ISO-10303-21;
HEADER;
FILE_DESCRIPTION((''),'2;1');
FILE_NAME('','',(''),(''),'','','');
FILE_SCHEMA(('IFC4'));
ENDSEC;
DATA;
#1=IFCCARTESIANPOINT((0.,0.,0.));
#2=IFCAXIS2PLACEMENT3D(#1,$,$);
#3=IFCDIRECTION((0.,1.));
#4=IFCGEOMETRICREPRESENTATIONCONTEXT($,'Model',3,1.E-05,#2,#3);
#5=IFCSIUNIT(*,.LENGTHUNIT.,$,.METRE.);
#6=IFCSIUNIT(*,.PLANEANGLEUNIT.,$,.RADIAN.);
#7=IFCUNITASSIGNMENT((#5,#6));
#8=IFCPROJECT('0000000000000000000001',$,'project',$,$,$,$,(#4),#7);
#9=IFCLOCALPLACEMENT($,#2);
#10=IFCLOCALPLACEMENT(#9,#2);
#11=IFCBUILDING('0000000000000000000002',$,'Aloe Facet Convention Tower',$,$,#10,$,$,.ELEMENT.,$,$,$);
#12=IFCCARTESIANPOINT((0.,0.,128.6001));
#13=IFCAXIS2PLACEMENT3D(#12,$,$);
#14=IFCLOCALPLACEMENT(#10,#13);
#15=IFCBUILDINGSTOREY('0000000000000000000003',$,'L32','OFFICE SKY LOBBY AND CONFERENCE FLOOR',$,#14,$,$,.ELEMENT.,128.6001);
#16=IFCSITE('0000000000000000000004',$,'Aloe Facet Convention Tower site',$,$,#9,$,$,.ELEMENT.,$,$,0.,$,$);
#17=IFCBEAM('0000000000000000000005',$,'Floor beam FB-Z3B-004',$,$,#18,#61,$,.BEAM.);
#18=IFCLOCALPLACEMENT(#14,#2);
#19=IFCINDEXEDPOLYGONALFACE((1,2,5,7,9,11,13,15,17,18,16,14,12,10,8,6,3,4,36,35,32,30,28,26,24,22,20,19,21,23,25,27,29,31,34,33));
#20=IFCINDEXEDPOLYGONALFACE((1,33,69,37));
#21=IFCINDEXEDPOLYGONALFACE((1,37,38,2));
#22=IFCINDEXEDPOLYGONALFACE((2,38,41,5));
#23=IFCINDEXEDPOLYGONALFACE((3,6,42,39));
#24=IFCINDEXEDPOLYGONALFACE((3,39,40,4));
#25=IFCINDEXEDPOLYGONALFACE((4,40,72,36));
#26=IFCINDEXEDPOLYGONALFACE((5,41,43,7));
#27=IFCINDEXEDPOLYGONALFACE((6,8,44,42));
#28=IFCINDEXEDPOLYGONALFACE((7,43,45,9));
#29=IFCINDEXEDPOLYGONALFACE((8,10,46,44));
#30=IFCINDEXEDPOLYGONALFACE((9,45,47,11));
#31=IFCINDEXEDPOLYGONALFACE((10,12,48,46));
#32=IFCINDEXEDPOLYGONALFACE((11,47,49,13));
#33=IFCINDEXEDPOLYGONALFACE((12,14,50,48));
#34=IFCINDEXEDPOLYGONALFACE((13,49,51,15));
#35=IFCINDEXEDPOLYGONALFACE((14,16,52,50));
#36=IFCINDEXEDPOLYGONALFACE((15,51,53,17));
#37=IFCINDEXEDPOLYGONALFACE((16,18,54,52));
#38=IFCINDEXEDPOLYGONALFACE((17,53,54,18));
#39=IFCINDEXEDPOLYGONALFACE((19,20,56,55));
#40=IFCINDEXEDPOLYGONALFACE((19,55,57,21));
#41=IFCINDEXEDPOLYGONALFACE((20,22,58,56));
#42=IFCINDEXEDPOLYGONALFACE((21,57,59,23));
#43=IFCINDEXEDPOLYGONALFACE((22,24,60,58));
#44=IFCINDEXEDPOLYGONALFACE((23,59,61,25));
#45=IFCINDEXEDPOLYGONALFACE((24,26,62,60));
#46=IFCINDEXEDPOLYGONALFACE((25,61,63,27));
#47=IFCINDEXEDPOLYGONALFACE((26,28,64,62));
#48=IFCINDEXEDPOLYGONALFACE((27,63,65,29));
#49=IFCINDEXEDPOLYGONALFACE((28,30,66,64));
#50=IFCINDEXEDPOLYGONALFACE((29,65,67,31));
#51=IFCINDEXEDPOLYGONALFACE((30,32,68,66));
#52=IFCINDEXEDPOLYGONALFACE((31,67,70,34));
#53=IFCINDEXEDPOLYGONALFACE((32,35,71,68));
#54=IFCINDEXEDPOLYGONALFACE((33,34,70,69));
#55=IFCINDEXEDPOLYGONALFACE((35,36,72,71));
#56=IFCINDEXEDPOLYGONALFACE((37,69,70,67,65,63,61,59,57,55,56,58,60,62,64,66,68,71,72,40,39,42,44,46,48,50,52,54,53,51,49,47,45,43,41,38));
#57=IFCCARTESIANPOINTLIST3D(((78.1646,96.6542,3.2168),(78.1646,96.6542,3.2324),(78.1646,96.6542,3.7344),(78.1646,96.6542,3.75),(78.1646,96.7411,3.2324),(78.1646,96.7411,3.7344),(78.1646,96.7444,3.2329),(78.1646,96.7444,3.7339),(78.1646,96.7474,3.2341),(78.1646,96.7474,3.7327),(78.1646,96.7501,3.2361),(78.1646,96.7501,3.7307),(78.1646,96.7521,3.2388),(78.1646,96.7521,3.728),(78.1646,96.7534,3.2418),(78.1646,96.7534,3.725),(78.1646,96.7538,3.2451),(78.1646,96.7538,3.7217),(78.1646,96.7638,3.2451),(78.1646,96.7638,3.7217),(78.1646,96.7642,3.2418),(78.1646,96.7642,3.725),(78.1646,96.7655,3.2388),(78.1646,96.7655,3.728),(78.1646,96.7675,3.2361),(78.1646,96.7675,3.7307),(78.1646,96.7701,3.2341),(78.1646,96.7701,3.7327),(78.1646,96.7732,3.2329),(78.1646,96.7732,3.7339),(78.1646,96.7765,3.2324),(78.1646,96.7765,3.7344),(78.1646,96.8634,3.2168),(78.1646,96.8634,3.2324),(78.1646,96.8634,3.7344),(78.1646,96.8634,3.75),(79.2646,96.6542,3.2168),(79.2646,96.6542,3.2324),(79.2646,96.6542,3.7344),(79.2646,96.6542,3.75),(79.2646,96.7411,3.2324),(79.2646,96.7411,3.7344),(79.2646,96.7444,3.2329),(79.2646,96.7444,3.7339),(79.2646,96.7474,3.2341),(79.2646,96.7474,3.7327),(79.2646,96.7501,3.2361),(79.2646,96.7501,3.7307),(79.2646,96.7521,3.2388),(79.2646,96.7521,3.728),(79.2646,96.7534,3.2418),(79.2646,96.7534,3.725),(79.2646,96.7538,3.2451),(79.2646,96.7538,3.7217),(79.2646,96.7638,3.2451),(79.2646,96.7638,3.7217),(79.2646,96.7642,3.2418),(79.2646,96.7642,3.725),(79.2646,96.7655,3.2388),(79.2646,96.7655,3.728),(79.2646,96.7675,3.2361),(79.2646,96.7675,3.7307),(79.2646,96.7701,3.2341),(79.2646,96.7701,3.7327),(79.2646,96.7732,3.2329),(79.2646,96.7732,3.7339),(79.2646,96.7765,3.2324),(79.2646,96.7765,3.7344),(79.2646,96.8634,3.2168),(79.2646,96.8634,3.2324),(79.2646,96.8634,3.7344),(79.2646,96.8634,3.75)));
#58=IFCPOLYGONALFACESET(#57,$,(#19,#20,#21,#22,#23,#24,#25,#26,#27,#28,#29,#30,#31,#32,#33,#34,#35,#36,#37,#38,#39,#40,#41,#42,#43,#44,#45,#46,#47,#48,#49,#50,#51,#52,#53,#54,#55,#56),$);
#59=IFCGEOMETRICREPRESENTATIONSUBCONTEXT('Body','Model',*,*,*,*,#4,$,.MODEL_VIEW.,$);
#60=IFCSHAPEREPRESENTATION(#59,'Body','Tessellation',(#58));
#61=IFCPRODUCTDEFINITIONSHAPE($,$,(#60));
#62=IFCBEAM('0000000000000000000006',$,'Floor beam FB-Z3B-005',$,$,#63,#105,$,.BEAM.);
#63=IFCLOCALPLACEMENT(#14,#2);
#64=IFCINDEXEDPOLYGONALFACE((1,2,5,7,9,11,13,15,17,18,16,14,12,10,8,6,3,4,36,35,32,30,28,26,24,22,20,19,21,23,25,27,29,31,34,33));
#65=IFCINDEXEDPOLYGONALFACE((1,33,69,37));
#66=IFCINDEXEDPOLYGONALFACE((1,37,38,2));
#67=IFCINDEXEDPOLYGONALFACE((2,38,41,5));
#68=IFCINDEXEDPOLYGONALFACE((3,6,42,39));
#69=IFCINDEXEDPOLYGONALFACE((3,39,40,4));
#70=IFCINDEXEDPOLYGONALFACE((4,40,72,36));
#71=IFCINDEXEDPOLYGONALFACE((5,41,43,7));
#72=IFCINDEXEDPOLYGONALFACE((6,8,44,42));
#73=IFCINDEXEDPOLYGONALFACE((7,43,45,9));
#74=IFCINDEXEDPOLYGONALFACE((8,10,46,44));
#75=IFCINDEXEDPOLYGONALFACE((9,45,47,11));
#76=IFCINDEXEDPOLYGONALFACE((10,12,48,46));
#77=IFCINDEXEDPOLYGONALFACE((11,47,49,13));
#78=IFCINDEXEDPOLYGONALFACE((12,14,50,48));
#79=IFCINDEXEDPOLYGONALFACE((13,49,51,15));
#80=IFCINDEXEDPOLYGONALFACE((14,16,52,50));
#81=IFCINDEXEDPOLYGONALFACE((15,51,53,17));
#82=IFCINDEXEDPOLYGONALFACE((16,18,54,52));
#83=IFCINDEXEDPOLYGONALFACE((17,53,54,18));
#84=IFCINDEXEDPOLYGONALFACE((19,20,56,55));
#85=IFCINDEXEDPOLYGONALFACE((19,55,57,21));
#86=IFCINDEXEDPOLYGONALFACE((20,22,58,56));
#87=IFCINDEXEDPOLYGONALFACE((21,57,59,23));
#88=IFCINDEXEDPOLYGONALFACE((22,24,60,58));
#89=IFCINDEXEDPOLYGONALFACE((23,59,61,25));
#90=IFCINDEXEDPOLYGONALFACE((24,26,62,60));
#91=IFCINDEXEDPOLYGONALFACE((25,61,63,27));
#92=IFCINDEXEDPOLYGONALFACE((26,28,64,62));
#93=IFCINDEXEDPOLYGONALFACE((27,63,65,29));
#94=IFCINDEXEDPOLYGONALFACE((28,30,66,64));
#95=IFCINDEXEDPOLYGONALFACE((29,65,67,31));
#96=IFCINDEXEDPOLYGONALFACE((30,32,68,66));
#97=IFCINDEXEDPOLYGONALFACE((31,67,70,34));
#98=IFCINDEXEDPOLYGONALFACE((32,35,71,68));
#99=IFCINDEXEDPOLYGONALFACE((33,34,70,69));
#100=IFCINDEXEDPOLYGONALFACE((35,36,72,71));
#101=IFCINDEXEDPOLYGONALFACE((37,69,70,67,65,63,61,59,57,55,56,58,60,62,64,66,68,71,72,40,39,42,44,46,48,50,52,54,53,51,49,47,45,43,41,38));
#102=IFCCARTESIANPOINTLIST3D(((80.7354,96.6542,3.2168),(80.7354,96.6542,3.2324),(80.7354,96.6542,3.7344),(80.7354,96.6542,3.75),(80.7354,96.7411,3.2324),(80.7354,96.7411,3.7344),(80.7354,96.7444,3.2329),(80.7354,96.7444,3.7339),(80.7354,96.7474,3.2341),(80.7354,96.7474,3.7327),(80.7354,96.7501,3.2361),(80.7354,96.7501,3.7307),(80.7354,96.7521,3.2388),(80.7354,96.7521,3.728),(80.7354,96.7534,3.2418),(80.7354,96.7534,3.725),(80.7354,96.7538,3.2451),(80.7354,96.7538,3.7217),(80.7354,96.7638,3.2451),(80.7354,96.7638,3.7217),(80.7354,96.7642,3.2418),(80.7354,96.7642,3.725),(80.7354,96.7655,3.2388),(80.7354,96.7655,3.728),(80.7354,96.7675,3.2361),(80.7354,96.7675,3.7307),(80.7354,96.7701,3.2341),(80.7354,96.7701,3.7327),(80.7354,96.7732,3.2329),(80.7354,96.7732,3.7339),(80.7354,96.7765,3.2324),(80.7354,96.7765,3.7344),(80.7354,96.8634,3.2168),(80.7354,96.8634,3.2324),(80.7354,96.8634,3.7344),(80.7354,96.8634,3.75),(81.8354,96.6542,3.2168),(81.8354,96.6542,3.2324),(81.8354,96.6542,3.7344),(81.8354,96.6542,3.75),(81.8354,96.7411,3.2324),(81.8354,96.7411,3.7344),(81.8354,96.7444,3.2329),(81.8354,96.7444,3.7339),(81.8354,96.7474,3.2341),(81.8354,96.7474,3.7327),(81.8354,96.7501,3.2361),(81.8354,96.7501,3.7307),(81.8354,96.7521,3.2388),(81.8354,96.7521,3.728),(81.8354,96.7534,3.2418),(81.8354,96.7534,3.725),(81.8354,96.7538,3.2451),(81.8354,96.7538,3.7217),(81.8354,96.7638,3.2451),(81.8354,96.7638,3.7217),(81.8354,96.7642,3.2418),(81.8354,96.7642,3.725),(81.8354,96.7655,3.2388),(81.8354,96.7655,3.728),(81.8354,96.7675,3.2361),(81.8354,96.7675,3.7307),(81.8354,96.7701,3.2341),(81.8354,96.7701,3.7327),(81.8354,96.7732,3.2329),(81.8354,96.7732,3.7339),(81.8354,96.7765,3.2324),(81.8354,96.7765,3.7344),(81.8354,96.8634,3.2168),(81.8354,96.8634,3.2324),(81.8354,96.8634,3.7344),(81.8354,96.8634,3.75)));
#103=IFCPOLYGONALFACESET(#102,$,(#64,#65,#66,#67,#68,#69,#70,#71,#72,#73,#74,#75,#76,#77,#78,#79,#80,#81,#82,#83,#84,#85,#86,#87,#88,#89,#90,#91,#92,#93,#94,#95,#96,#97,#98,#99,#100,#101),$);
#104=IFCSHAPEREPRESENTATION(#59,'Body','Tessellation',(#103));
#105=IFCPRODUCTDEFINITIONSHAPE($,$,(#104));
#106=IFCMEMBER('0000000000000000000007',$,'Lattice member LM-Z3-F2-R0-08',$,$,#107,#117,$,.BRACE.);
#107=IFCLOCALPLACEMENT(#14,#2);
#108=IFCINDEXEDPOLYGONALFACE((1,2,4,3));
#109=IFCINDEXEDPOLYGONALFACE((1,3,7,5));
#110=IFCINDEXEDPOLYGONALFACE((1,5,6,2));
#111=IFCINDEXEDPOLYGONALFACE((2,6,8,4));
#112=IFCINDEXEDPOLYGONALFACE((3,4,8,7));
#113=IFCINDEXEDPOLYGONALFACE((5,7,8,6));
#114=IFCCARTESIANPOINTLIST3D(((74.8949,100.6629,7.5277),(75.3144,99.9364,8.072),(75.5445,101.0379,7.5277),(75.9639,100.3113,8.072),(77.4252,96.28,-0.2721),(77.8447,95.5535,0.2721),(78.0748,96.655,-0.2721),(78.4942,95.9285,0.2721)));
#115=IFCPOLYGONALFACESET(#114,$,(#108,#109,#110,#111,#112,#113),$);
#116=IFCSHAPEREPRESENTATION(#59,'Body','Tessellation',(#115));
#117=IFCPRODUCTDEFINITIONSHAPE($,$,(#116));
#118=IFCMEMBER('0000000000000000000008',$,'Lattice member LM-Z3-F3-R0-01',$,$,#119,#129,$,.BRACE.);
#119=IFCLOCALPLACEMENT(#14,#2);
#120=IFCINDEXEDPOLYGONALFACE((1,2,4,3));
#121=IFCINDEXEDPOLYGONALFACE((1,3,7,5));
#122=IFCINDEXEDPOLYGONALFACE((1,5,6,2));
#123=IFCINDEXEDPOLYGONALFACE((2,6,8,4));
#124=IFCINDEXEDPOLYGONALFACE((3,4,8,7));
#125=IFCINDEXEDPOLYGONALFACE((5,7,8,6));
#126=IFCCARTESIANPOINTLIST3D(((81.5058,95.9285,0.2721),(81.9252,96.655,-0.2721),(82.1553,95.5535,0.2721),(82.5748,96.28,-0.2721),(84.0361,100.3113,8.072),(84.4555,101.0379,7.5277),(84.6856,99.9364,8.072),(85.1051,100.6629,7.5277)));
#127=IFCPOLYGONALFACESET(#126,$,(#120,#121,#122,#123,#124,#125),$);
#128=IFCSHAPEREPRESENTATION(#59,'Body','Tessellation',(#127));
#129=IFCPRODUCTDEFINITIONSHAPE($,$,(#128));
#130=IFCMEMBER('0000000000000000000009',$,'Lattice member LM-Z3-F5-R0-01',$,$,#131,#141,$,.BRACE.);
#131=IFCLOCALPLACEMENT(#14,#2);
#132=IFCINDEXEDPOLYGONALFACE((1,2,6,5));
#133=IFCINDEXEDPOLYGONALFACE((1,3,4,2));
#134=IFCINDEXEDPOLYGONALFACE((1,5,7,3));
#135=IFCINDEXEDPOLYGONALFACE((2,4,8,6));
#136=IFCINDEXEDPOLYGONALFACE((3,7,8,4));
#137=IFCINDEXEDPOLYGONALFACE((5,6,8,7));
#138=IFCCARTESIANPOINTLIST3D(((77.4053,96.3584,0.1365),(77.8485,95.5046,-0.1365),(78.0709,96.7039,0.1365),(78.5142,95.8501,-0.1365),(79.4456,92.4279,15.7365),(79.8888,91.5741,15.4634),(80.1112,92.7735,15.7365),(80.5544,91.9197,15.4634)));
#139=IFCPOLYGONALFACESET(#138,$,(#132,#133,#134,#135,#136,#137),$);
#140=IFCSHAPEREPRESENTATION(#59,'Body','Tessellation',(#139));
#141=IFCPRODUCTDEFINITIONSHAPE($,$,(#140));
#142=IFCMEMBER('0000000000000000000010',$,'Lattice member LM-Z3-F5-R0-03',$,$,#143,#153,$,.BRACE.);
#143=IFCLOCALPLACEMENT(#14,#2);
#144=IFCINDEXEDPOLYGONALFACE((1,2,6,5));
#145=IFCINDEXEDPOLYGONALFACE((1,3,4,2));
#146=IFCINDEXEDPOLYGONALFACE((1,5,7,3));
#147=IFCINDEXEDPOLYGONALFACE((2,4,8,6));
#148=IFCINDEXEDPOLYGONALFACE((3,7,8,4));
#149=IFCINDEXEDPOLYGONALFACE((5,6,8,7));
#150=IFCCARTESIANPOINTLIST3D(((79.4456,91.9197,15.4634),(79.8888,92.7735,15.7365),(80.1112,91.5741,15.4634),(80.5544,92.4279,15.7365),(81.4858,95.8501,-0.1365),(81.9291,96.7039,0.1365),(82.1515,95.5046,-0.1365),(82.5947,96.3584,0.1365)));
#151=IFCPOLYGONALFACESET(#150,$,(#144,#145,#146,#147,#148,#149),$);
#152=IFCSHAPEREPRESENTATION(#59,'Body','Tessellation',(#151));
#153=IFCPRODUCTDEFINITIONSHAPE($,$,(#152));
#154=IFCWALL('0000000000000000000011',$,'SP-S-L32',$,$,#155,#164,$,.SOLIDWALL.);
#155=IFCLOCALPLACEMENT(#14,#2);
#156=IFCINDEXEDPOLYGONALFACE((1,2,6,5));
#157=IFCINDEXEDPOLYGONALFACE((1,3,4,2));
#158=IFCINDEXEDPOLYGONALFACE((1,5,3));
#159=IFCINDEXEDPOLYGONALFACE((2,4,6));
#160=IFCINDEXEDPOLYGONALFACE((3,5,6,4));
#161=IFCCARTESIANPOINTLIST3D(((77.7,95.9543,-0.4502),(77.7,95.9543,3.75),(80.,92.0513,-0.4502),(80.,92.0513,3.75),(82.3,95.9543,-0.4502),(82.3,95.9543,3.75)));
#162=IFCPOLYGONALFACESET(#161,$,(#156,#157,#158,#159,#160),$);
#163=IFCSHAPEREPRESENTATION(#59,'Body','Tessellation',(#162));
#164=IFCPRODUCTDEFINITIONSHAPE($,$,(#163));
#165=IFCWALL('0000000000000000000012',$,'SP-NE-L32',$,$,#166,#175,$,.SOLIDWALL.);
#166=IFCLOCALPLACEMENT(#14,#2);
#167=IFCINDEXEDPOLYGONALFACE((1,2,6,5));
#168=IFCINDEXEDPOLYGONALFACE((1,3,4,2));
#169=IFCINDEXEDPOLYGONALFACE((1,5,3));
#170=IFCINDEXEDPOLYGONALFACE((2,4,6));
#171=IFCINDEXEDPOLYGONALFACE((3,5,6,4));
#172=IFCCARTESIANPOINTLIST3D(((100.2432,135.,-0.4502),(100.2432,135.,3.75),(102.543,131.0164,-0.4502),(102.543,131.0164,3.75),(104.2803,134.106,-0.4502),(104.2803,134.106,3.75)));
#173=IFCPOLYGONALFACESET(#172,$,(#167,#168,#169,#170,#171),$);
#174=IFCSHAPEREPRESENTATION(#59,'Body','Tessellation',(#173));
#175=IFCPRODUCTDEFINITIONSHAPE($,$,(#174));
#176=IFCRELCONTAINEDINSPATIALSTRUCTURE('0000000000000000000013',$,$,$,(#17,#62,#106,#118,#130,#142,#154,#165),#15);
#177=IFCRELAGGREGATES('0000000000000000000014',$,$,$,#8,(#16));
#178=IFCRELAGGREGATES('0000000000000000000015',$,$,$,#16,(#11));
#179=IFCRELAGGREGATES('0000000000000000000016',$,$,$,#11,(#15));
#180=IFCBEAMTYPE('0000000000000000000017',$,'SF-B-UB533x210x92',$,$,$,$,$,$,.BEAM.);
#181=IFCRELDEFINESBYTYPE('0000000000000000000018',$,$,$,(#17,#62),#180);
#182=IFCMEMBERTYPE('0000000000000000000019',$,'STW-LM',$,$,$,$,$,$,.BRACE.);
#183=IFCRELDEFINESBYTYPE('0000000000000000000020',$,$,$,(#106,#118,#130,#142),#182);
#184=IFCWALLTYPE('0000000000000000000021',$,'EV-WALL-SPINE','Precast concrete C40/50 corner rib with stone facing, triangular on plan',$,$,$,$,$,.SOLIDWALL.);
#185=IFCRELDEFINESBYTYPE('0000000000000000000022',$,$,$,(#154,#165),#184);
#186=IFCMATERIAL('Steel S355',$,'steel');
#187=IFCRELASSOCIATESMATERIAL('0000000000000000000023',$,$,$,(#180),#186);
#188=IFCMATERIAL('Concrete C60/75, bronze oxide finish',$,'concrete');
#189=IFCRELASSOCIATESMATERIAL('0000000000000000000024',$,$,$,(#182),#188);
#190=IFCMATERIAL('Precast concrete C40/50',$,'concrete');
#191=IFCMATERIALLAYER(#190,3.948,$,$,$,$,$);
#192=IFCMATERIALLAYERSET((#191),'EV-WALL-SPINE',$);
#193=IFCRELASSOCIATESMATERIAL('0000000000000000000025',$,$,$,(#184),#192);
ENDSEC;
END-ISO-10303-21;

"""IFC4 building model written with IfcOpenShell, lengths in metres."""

from ifc_helpers import new_model, si_unit, direction, frame, origin, origin_2d, place, context, subcontext, project, spatial, polyline, rectangle, i_section, outline, extrude, material, layer, layer_set, material_profile, profile_set, type_object, element, save


model = new_model("IFC4")

# Units and contexts
model_context = context("Model", 3, precision=1e-05, world=origin(), true_north=direction((0.0, 1.0)))
body_context = subcontext(model_context, "Body", "Model", "MODEL_VIEW")
ifc_project = project(units=[si_unit("LENGTHUNIT", "METRE"), si_unit("PLANEANGLEUNIT", "RADIAN")], contexts=[model_context])

# Site, building, storey
site_placement = place(None, origin())
site = spatial("IfcSite", under=ifc_project, at=site_placement, Name="Aloe Facet Convention Tower site", CompositionType="ELEMENT", RefElevation=0.0)
building_placement = place(site_placement, origin())
building = spatial("IfcBuilding", under=site, at=building_placement, Name="Aloe Facet Convention Tower", CompositionType="ELEMENT")
storey_placement = place(building_placement, frame((0.0, 0.0, 128.6001)))
storey = spatial("IfcBuildingStorey", under=building, at=storey_placement, Name="L32", Description="OFFICE SKY LOBBY AND CONFERENCE FLOOR", CompositionType="ELEMENT", Elevation=128.6001)

# Beams
ifc_material_1 = material(Name="Steel S355", Category="steel")
ifc_material_profile_1 = material_profile(ifc_material_1, i_section(OverallWidth=0.2092, OverallDepth=0.5332, WebThickness=0.01, FlangeThickness=0.0156, FilletRadius=0.0127, at=origin_2d()), Name="UB 533x210x92")
ifc_profile_set_1 = profile_set([ifc_material_profile_1], Name="Steel S355")
beam_type_1 = type_object("IfcBeamType", Name="SF-B-UB533x210x92", PredefinedType="BEAM", material=ifc_profile_set_1)
for number, where, z_axis, x_axis, name in (
    (1, (79.2646, 96.7588, 3.4834), (-1.0, 0.0, 0.0), (0.0, -1.0, 0.0), "Floor beam FB-Z3B-004"),
    (2, (81.8354, 96.7588, 3.4834), (-1.0, 0.0, 0.0), (0.0, -1.0, 0.0), "Floor beam FB-Z3B-005"),
):
    element("IfcBeam", number, at=place(storey_placement, frame(where, z_axis=z_axis, x_axis=x_axis)), inside=storey, type_object=beam_type_1, Name=name, PredefinedType="BEAM", context=body_context, shape_type="SweptSolid", body=[
        extrude(i_section(OverallWidth=0.2092, OverallDepth=0.5332, WebThickness=0.01, FlangeThickness=0.0156, FilletRadius=0.0127, at=origin_2d()), origin(), (0.0, 0.0, 1.0), 1.1001),
    ])

# Members
ifc_material_2 = material(Name="Concrete C60/75, bronze oxide finish", Category="concrete")
ifc_material_profile_2 = material_profile(ifc_material_2, rectangle(XDim=0.75, YDim=1.0, at=origin_2d()), Name="STW-LM")
ifc_profile_set_2 = profile_set([ifc_material_profile_2], Name="Concrete C60/75, bronze oxide finish")
member_type = type_object("IfcMemberType", Name="STW-LM", PredefinedType="BRACE", material=ifc_profile_set_2)
for number, where, z_axis, x_axis, name in (
    (3, (77.9597, 96.1042, 0.0), (-0.272138, 0.471384, 0.838891), (-0.866038, -0.499979, 0.0), "Lattice member LM-Z3-F2-R0-08"),
    (4, (82.0403, 96.1042, 0.0), (0.272138, 0.471384, 0.838891), (-0.866038, 0.499979, 0.0), "Lattice member LM-Z3-F3-R0-01"),
):
    element("IfcMember", number, at=place(storey_placement, frame(where, z_axis=z_axis, x_axis=x_axis)), inside=storey, type_object=member_type, Name=name, PredefinedType="BRACE", context=body_context, shape_type="SweptSolid", body=[
        extrude(rectangle(XDim=0.75, YDim=1.0, at=origin_2d()), origin(), (0.0, 0.0, 1.0), 9.2979),
    ])
for number, where, z_axis, x_axis, name in (
    (5, (77.9597, 96.1042, 0.0), (0.125817, -0.242376, 0.96199), (0.887543, 0.460724, 0.0), "Lattice member LM-Z3-F5-R0-01"),
    (6, (82.0403, 96.1042, 0.0), (-0.125817, -0.242376, 0.96199), (0.887543, -0.460724, 0.0), "Lattice member LM-Z3-F5-R0-03"),
):
    element("IfcMember", number, at=place(storey_placement, frame(where, z_axis=z_axis, x_axis=x_axis)), inside=storey, type_object=member_type, Name=name, PredefinedType="BRACE", context=body_context, shape_type="SweptSolid", body=[
        extrude(rectangle(XDim=0.75, YDim=1.0, at=origin_2d()), origin(), (0.0, 0.0, 1.0), 16.2163),
    ])

# Walls
ifc_material_3 = material(Name="Precast concrete C40/50", Category="concrete")
ifc_layer_1 = layer(ifc_material_3, 3.948)
ifc_layer_set_1 = layer_set([ifc_layer_1], Name="EV-WALL-SPINE")
wall_type_1 = type_object("IfcWallType", Name="EV-WALL-SPINE", Description="Precast concrete C40/50 corner rib with stone facing, triangular on plan", PredefinedType="SOLIDWALL", material=ifc_layer_set_1)
wall_1_placement = place(storey_placement, frame((0.0, 0.0, -0.4502)))
element("IfcWall", 7, at=wall_1_placement, inside=storey, type_object=wall_type_1, Name="SP-S-L32", PredefinedType="SOLIDWALL", context=body_context, shape_type="SweptSolid", body=[
    extrude(outline(polyline([(77.7, 95.9543), (80.0, 92.0513), (82.3, 95.9543), (77.7, 95.9543)])), origin(), (0.0, 0.0, 1.0), 4.2002),
])
wall_2_placement = place(storey_placement, frame((0.0, 0.0, -0.4502)))
element("IfcWall", 8, at=wall_2_placement, inside=storey, type_object=wall_type_1, Name="SP-NE-L32", PredefinedType="SOLIDWALL", context=body_context, shape_type="SweptSolid", body=[
    extrude(outline(polyline([(102.543, 131.0164), (104.2803, 134.106), (100.2432, 135.0), (102.543, 131.0164)])), origin(), (0.0, 0.0, 1.0), 4.2002),
])

save(model, "model.ifc")
